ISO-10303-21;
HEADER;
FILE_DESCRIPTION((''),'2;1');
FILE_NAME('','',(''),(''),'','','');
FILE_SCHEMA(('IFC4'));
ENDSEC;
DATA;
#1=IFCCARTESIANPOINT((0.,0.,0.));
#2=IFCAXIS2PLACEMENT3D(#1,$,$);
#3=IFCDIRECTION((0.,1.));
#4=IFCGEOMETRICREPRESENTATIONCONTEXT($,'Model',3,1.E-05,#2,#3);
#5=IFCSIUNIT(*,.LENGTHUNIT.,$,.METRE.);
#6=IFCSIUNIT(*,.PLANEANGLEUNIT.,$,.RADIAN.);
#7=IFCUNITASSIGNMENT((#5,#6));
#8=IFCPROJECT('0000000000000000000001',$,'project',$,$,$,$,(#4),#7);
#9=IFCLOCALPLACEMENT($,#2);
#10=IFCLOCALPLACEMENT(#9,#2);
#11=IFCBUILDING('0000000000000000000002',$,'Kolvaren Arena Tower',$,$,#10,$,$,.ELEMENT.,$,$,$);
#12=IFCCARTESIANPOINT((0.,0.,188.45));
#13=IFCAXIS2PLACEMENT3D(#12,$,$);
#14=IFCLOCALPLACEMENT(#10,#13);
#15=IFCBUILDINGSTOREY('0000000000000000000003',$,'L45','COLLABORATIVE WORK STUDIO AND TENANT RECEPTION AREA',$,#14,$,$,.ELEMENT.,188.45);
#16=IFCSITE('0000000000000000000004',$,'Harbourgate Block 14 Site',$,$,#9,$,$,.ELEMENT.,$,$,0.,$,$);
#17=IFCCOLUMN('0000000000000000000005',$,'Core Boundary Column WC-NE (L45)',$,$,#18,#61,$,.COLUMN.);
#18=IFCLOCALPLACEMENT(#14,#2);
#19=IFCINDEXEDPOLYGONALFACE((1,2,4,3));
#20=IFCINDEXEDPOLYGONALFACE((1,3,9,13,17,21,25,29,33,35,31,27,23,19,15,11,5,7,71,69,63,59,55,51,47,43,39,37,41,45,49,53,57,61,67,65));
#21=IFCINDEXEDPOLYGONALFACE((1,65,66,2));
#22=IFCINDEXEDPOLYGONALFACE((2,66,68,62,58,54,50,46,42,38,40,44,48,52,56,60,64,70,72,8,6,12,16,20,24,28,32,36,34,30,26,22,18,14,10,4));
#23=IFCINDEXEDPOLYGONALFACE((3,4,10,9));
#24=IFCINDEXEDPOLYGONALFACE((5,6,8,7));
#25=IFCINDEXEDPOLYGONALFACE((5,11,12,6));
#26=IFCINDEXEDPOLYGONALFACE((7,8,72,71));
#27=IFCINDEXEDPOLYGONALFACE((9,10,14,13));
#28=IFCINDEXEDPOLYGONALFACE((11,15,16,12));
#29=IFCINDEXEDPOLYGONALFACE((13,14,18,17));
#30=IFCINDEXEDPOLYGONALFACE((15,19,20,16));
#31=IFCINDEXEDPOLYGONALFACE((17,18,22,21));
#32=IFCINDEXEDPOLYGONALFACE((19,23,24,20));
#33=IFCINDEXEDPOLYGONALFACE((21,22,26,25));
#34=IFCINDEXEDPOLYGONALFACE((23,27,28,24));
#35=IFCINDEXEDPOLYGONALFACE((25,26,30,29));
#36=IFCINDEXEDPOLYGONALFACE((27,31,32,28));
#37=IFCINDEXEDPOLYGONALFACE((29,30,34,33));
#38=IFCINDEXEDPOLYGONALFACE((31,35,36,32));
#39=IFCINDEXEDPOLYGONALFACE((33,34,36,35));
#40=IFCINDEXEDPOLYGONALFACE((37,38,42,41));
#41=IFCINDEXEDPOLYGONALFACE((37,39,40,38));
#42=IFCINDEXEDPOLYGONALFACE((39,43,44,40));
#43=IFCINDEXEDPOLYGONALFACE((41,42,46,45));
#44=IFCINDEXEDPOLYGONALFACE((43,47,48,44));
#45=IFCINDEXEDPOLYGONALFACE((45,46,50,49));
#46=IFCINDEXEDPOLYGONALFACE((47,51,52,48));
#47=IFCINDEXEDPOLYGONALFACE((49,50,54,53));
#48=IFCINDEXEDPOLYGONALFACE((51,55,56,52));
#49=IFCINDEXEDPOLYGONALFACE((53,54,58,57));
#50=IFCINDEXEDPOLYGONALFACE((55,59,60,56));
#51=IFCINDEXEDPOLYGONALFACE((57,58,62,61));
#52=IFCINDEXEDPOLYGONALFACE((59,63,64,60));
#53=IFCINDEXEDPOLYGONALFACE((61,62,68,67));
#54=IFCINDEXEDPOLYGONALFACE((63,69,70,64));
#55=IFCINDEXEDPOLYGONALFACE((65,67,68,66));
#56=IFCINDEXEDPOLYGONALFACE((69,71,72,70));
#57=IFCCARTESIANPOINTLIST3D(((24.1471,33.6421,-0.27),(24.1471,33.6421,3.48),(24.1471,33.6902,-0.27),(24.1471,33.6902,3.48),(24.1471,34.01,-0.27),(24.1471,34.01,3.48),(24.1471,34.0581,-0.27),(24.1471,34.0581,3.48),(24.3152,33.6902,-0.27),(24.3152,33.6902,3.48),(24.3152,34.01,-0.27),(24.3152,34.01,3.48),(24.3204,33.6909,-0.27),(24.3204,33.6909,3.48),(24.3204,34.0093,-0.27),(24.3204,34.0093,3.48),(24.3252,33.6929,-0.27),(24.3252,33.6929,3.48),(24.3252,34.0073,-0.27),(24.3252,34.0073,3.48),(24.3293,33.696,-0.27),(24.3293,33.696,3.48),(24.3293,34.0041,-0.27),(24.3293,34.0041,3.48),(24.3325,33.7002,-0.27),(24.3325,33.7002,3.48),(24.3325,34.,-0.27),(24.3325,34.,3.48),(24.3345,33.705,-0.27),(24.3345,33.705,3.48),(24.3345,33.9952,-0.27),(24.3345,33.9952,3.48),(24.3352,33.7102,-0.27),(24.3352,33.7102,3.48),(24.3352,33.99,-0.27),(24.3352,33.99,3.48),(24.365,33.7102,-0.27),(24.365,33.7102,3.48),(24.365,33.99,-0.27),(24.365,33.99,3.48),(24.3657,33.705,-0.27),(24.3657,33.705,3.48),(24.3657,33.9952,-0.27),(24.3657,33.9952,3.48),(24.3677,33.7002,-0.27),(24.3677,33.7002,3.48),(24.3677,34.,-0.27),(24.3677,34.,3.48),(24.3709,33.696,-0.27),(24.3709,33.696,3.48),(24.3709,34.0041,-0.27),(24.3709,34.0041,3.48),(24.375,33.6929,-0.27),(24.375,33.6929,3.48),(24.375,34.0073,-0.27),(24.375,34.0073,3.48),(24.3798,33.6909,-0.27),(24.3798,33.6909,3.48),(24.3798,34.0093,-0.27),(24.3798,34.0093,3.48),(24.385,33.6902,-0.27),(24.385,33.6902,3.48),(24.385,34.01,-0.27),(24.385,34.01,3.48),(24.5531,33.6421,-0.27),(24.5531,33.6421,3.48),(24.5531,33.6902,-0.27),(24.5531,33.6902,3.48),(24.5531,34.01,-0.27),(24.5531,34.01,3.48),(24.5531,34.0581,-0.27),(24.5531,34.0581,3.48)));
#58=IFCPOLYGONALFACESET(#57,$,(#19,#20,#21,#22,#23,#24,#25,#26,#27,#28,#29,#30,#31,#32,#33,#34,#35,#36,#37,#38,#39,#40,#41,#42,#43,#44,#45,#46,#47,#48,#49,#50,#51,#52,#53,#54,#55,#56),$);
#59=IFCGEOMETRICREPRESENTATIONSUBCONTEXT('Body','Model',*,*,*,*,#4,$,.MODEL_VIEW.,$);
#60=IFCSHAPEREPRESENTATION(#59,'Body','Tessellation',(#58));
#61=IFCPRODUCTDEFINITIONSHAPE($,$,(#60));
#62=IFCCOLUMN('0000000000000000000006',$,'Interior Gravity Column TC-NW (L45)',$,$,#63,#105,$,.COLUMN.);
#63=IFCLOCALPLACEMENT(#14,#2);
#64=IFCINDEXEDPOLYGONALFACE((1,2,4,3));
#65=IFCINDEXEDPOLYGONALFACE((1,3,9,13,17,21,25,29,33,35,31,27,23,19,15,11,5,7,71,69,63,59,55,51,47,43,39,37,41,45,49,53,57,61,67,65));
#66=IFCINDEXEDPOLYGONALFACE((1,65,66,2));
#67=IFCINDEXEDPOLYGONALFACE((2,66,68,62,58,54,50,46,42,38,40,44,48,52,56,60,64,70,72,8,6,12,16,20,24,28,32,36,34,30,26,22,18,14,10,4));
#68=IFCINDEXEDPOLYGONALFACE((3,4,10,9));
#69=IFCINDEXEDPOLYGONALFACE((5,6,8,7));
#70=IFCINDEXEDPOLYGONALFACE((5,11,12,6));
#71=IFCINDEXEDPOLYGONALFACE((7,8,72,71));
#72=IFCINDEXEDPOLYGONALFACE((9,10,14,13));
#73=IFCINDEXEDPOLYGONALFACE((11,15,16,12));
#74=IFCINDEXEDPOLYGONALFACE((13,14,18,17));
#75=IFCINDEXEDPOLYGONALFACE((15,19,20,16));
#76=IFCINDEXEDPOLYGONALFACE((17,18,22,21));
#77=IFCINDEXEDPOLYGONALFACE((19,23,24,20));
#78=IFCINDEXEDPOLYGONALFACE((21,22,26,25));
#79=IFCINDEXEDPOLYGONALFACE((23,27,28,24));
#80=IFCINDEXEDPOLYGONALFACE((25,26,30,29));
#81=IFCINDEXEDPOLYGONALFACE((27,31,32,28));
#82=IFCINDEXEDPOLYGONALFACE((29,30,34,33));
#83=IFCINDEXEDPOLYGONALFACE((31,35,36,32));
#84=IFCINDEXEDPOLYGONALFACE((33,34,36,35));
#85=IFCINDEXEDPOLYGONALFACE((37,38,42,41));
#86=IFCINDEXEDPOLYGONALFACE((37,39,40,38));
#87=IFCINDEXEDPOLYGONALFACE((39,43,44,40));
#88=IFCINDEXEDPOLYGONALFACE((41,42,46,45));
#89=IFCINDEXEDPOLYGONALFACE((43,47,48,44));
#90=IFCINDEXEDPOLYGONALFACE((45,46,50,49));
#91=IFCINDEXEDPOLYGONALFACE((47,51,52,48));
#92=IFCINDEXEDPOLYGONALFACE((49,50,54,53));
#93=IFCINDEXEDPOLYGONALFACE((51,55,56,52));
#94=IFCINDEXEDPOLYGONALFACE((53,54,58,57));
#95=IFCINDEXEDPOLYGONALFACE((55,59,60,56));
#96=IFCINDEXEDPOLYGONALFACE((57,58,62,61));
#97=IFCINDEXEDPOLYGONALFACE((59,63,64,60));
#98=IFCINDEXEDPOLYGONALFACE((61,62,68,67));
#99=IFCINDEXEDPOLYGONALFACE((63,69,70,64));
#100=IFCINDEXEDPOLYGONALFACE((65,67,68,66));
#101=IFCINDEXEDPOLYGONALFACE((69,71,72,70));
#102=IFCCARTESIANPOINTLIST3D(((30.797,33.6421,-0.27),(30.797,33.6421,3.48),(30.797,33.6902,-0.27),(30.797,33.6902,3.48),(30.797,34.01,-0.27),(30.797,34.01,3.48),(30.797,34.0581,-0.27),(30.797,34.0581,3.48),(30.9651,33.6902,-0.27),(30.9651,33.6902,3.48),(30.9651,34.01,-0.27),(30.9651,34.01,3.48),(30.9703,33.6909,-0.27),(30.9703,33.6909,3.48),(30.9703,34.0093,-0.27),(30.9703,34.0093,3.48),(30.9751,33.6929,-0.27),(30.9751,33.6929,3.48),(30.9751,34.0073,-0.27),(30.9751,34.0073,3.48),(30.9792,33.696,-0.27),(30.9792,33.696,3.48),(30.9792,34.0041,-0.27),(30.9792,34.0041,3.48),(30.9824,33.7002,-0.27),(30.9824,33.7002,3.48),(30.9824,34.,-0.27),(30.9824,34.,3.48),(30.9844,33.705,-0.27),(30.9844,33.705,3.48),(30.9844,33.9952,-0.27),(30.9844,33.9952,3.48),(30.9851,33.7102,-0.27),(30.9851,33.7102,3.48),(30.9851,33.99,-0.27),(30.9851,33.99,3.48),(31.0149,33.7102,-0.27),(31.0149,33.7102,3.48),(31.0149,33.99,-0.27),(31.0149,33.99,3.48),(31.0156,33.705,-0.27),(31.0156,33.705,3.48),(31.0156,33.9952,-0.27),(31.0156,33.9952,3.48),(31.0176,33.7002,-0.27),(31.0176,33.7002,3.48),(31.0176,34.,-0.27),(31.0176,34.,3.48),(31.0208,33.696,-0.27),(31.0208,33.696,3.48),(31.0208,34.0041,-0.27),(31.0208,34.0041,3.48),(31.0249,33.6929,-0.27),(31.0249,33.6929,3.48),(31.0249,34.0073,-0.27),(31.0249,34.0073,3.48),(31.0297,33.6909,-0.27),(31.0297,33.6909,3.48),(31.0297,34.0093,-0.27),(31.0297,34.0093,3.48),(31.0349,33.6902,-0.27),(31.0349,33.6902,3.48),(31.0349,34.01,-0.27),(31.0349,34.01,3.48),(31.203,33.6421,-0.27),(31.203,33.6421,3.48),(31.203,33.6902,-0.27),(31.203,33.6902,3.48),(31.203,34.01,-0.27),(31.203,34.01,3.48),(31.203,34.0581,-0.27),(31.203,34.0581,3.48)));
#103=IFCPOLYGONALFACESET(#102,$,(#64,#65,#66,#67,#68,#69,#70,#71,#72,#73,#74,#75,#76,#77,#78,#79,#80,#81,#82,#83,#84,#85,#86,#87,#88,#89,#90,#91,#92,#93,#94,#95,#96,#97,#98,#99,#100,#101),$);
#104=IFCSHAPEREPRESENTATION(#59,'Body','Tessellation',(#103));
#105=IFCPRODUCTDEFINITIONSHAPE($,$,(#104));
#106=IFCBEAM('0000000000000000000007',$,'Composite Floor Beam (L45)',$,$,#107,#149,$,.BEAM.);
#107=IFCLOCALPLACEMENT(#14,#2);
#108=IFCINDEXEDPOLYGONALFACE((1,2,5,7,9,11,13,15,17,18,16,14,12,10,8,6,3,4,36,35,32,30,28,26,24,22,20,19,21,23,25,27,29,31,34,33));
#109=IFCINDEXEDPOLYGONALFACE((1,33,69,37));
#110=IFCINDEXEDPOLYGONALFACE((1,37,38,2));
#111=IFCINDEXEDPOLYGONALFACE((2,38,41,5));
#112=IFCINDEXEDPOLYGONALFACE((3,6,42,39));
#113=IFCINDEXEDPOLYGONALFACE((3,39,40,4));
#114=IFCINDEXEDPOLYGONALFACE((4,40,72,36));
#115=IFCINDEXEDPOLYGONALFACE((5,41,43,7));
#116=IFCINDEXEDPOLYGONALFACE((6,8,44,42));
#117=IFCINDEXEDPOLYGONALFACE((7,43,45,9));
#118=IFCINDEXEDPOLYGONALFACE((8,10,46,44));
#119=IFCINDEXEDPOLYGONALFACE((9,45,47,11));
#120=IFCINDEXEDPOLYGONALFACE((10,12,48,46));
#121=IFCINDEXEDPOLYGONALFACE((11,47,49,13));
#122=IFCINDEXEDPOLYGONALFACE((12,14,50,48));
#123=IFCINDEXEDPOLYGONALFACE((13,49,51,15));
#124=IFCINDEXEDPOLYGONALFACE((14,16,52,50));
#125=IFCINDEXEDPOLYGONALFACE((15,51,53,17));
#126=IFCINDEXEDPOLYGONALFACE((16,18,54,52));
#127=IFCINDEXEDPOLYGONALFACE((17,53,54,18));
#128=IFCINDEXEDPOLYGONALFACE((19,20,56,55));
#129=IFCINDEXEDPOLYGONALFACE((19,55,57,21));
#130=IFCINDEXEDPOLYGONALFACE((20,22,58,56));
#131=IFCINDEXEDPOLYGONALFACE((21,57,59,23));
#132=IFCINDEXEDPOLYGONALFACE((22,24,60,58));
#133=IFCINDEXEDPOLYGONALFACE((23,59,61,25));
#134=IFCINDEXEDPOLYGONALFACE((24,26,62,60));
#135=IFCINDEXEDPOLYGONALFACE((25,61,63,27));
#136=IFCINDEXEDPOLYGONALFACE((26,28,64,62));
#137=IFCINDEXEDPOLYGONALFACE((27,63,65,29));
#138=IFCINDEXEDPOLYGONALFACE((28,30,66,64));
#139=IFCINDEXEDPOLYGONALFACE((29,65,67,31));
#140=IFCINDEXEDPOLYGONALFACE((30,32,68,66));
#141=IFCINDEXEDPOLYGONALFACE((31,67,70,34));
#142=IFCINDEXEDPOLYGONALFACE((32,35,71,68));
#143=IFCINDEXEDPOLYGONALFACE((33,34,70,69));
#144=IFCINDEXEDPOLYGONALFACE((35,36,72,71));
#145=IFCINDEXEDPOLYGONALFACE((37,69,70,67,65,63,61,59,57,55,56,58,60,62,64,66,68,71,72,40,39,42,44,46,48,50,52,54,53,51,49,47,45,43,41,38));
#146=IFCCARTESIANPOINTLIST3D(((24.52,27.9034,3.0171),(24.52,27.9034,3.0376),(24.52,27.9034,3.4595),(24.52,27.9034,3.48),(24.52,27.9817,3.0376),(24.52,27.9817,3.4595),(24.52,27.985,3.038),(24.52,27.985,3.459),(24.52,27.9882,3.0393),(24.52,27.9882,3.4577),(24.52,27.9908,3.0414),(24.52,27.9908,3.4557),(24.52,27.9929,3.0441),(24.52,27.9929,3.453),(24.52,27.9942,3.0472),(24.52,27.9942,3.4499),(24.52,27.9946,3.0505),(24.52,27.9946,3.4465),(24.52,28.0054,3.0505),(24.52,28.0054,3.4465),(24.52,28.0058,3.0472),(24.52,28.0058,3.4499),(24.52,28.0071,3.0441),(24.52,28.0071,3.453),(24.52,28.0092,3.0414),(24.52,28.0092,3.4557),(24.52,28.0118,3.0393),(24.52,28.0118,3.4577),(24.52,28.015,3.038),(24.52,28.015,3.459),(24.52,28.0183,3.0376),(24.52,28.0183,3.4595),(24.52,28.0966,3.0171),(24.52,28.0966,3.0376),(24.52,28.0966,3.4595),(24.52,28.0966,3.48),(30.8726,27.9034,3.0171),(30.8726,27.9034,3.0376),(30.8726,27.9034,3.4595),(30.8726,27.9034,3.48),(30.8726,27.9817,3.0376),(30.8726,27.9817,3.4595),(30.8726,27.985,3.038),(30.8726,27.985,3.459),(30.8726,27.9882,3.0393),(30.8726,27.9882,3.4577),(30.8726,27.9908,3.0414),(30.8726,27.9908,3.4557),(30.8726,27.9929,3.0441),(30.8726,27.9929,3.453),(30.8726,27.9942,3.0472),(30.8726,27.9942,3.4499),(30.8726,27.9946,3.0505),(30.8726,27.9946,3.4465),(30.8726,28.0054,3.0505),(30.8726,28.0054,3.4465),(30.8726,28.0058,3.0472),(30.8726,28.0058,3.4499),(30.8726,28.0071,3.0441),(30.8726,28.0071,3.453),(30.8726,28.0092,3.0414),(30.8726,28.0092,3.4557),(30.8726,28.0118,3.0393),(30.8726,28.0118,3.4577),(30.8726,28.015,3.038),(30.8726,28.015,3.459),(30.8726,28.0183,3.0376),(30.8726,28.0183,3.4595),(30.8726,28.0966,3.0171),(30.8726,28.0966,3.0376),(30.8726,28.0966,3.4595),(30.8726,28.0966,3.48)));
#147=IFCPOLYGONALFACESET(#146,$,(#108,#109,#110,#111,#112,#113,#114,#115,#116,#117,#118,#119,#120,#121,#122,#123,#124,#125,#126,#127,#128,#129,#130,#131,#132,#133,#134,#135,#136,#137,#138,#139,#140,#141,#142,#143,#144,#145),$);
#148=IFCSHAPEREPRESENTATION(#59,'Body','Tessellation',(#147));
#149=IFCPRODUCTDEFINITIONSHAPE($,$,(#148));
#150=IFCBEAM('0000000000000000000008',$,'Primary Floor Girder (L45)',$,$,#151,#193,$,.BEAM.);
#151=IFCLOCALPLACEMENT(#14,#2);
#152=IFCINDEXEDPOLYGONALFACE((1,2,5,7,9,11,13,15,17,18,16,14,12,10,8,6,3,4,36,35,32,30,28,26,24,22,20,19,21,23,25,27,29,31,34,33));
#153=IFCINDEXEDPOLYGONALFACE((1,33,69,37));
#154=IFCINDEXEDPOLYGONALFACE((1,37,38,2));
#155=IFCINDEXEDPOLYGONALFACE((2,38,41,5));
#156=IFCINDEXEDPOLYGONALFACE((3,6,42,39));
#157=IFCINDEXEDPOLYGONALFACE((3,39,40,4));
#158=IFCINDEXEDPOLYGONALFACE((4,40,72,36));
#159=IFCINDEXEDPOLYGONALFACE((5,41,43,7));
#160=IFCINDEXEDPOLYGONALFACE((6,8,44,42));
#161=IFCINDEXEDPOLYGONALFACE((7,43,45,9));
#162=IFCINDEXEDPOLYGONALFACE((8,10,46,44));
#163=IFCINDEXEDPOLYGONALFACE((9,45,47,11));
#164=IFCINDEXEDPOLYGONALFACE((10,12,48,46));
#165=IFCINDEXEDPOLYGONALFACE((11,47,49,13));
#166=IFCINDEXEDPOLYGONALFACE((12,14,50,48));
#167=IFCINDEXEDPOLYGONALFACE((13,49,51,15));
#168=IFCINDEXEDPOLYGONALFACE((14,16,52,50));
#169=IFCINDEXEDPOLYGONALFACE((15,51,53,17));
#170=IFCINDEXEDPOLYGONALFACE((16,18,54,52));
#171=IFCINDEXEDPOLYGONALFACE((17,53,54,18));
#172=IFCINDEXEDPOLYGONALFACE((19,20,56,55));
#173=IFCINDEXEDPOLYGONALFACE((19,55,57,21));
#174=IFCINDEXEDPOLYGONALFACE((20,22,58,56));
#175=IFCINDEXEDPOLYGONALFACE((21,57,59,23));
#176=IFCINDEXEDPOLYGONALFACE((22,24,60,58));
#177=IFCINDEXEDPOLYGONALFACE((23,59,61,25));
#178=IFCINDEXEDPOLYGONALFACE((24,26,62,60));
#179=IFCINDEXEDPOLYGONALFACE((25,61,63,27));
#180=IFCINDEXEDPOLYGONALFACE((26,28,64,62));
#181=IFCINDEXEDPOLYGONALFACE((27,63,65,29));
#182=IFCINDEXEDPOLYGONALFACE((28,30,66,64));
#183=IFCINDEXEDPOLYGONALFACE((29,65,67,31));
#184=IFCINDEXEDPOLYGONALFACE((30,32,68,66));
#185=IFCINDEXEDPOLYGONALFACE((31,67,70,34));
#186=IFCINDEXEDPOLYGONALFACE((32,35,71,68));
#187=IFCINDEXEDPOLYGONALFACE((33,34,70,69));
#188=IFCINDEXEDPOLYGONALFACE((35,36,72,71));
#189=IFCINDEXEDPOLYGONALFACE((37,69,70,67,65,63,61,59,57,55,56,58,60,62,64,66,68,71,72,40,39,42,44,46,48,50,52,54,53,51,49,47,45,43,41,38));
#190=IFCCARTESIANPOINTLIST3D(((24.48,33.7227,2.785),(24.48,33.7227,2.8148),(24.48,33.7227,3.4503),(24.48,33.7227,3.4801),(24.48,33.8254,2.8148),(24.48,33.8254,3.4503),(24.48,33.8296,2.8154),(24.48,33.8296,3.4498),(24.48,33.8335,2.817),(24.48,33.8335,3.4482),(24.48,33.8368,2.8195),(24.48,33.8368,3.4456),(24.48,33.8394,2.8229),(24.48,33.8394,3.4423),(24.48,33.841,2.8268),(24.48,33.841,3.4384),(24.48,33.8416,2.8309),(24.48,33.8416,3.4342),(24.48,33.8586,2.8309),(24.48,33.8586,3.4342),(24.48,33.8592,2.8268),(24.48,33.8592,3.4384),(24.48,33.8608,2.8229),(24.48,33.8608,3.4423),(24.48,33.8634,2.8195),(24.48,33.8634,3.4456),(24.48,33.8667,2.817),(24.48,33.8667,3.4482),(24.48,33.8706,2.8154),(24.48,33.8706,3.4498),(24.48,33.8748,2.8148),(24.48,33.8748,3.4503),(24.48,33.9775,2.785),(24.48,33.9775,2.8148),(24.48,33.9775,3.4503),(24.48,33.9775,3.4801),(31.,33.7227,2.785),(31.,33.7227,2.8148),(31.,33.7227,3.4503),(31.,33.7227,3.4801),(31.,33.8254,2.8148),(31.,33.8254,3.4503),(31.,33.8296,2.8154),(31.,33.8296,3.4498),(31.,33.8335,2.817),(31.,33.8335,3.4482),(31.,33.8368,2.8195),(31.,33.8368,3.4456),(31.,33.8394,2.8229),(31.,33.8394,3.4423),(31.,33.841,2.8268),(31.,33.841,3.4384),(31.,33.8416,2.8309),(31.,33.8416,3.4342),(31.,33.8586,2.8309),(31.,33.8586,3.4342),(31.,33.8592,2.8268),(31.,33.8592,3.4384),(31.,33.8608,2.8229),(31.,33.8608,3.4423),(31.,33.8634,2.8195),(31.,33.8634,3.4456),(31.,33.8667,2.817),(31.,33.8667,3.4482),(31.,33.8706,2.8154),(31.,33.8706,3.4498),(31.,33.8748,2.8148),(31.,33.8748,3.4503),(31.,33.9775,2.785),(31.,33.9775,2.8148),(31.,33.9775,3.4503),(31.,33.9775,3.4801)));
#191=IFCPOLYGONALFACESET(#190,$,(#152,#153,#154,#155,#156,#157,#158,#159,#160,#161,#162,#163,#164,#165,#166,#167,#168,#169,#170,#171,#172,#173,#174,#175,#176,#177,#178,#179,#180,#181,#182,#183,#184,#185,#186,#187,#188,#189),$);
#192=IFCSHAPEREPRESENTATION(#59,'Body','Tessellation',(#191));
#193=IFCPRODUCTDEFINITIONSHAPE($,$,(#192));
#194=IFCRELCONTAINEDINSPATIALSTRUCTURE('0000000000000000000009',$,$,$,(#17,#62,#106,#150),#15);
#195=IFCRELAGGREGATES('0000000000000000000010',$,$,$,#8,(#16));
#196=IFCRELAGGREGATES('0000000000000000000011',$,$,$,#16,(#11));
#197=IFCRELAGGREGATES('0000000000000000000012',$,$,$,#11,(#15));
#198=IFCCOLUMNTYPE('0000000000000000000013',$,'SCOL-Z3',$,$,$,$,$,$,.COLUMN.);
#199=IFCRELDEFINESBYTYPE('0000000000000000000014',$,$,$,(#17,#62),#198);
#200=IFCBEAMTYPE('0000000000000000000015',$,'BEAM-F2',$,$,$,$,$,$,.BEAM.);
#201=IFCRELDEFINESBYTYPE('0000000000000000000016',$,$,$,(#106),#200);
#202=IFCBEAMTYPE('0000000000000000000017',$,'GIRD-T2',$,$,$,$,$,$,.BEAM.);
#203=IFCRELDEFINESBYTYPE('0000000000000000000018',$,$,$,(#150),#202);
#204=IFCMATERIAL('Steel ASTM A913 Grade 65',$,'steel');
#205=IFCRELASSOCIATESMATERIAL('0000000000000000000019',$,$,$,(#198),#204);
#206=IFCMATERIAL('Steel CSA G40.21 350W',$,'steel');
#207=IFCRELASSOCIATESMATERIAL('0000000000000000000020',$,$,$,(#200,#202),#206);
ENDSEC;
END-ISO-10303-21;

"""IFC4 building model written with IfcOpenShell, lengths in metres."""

from ifc_helpers import new_model, si_unit, direction, frame, origin, origin_2d, place, context, subcontext, project, spatial, i_section, extrude, material, material_profile, profile_set, type_object, element, save


model = new_model("IFC4")

# Units and contexts
model_context = context("Model", 3, precision=1e-05, world=origin(), true_north=direction((0.0, 1.0)))
body_context = subcontext(model_context, "Body", "Model", "MODEL_VIEW")
ifc_project = project(units=[si_unit("LENGTHUNIT", "METRE"), si_unit("PLANEANGLEUNIT", "RADIAN")], contexts=[model_context])

# Site, building, storey
site_placement = place(None, origin())
site = spatial("IfcSite", under=ifc_project, at=site_placement, Name="Harbourgate Block 14 Site", CompositionType="ELEMENT", RefElevation=0.0)
building_placement = place(site_placement, origin())
building = spatial("IfcBuilding", under=site, at=building_placement, Name="Kolvaren Arena Tower", CompositionType="ELEMENT")
storey_placement = place(building_placement, frame((0.0, 0.0, 188.45)))
storey = spatial("IfcBuildingStorey", under=building, at=storey_placement, Name="L45", Description="COLLABORATIVE WORK STUDIO AND TENANT RECEPTION AREA", CompositionType="ELEMENT", Elevation=188.45)

# Columns
ifc_material_1 = material(Name="Steel ASTM A913 Grade 65", Category="steel")
ifc_material_profile_1 = material_profile(ifc_material_1, i_section(OverallWidth=0.406, OverallDepth=0.416, WebThickness=0.0298, FlangeThickness=0.0481, FilletRadius=0.02, at=origin_2d()), Name="W360x382")
ifc_profile_set_1 = profile_set([ifc_material_profile_1], Name="Steel ASTM A913 Grade 65")
column_type = type_object("IfcColumnType", Name="SCOL-Z3", PredefinedType="COLUMN", material=ifc_profile_set_1)
for number, where, z_axis, x_axis, name in (
    (1, (24.3501, 33.8501, -0.27), (0.0, 0.0, 1.0), (1.0, 0.0, 0.0), "Core Boundary Column WC-NE (L45)"),
    (2, (31.0, 33.8501, -0.27), (0.0, 0.0, 1.0), (1.0, 0.0, 0.0), "Interior Gravity Column TC-NW (L45)"),
):
    element("IfcColumn", number, at=place(storey_placement, frame(where, z_axis=z_axis, x_axis=x_axis)), inside=storey, type_object=column_type, Name=name, PredefinedType="COLUMN", context=body_context, shape_type="SweptSolid", body=[
        extrude(i_section(OverallWidth=0.406, OverallDepth=0.416, WebThickness=0.0298, FlangeThickness=0.0481, FilletRadius=0.02, at=origin_2d()), origin(), (0.0, 0.0, 1.0), 3.75),
    ])

# Beams
ifc_material_2 = material(Name="Steel CSA G40.21 350W", Category="steel")
ifc_material_profile_2 = material_profile(ifc_material_2, i_section(OverallWidth=0.1931, OverallDepth=0.4629, WebThickness=0.0107, FlangeThickness=0.0205, FilletRadius=0.0129, at=origin_2d()), Name="W460x113")
ifc_profile_set_2 = profile_set([ifc_material_profile_2], Name="Steel CSA G40.21 350W")
beam_type_1 = type_object("IfcBeamType", Name="BEAM-F2", PredefinedType="BEAM", material=ifc_profile_set_2)
beam_1_placement = place(storey_placement, frame((24.52, 28.0, 3.2485), z_axis=(1.0, 0.0, 0.0), x_axis=(0.0, 1.0, 0.0)))
element("IfcBeam", 3, at=beam_1_placement, inside=storey, type_object=beam_type_1, Name="Composite Floor Beam (L45)", PredefinedType="BEAM", context=body_context, shape_type="SweptSolid", body=[
    extrude(i_section(OverallWidth=0.1931, OverallDepth=0.4629, WebThickness=0.0107, FlangeThickness=0.0205, FilletRadius=0.0129, at=origin_2d()), origin(), (0.0, 0.0, 1.0), 6.3525),
])
ifc_material_profile_3 = material_profile(ifc_material_2, i_section(OverallWidth=0.2549, OverallDepth=0.6951, WebThickness=0.0171, FlangeThickness=0.0298, FilletRadius=0.0161, at=origin_2d()), Name="W690x217")
ifc_profile_set_3 = profile_set([ifc_material_profile_3], Name="Steel CSA G40.21 350W")
beam_type_2 = type_object("IfcBeamType", Name="GIRD-T2", PredefinedType="BEAM", material=ifc_profile_set_3)
beam_2_placement = place(storey_placement, frame((24.48, 33.8501, 3.1326), z_axis=(1.0, 0.0, 0.0), x_axis=(0.0, 1.0, 0.0)))
element("IfcBeam", 4, at=beam_2_placement, inside=storey, type_object=beam_type_2, Name="Primary Floor Girder (L45)", PredefinedType="BEAM", context=body_context, shape_type="SweptSolid", body=[
    extrude(i_section(OverallWidth=0.2549, OverallDepth=0.6951, WebThickness=0.0171, FlangeThickness=0.0298, FilletRadius=0.0161, at=origin_2d()), origin(), (0.0, 0.0, 1.0), 6.52),
])

save(model, "model.ifc")
